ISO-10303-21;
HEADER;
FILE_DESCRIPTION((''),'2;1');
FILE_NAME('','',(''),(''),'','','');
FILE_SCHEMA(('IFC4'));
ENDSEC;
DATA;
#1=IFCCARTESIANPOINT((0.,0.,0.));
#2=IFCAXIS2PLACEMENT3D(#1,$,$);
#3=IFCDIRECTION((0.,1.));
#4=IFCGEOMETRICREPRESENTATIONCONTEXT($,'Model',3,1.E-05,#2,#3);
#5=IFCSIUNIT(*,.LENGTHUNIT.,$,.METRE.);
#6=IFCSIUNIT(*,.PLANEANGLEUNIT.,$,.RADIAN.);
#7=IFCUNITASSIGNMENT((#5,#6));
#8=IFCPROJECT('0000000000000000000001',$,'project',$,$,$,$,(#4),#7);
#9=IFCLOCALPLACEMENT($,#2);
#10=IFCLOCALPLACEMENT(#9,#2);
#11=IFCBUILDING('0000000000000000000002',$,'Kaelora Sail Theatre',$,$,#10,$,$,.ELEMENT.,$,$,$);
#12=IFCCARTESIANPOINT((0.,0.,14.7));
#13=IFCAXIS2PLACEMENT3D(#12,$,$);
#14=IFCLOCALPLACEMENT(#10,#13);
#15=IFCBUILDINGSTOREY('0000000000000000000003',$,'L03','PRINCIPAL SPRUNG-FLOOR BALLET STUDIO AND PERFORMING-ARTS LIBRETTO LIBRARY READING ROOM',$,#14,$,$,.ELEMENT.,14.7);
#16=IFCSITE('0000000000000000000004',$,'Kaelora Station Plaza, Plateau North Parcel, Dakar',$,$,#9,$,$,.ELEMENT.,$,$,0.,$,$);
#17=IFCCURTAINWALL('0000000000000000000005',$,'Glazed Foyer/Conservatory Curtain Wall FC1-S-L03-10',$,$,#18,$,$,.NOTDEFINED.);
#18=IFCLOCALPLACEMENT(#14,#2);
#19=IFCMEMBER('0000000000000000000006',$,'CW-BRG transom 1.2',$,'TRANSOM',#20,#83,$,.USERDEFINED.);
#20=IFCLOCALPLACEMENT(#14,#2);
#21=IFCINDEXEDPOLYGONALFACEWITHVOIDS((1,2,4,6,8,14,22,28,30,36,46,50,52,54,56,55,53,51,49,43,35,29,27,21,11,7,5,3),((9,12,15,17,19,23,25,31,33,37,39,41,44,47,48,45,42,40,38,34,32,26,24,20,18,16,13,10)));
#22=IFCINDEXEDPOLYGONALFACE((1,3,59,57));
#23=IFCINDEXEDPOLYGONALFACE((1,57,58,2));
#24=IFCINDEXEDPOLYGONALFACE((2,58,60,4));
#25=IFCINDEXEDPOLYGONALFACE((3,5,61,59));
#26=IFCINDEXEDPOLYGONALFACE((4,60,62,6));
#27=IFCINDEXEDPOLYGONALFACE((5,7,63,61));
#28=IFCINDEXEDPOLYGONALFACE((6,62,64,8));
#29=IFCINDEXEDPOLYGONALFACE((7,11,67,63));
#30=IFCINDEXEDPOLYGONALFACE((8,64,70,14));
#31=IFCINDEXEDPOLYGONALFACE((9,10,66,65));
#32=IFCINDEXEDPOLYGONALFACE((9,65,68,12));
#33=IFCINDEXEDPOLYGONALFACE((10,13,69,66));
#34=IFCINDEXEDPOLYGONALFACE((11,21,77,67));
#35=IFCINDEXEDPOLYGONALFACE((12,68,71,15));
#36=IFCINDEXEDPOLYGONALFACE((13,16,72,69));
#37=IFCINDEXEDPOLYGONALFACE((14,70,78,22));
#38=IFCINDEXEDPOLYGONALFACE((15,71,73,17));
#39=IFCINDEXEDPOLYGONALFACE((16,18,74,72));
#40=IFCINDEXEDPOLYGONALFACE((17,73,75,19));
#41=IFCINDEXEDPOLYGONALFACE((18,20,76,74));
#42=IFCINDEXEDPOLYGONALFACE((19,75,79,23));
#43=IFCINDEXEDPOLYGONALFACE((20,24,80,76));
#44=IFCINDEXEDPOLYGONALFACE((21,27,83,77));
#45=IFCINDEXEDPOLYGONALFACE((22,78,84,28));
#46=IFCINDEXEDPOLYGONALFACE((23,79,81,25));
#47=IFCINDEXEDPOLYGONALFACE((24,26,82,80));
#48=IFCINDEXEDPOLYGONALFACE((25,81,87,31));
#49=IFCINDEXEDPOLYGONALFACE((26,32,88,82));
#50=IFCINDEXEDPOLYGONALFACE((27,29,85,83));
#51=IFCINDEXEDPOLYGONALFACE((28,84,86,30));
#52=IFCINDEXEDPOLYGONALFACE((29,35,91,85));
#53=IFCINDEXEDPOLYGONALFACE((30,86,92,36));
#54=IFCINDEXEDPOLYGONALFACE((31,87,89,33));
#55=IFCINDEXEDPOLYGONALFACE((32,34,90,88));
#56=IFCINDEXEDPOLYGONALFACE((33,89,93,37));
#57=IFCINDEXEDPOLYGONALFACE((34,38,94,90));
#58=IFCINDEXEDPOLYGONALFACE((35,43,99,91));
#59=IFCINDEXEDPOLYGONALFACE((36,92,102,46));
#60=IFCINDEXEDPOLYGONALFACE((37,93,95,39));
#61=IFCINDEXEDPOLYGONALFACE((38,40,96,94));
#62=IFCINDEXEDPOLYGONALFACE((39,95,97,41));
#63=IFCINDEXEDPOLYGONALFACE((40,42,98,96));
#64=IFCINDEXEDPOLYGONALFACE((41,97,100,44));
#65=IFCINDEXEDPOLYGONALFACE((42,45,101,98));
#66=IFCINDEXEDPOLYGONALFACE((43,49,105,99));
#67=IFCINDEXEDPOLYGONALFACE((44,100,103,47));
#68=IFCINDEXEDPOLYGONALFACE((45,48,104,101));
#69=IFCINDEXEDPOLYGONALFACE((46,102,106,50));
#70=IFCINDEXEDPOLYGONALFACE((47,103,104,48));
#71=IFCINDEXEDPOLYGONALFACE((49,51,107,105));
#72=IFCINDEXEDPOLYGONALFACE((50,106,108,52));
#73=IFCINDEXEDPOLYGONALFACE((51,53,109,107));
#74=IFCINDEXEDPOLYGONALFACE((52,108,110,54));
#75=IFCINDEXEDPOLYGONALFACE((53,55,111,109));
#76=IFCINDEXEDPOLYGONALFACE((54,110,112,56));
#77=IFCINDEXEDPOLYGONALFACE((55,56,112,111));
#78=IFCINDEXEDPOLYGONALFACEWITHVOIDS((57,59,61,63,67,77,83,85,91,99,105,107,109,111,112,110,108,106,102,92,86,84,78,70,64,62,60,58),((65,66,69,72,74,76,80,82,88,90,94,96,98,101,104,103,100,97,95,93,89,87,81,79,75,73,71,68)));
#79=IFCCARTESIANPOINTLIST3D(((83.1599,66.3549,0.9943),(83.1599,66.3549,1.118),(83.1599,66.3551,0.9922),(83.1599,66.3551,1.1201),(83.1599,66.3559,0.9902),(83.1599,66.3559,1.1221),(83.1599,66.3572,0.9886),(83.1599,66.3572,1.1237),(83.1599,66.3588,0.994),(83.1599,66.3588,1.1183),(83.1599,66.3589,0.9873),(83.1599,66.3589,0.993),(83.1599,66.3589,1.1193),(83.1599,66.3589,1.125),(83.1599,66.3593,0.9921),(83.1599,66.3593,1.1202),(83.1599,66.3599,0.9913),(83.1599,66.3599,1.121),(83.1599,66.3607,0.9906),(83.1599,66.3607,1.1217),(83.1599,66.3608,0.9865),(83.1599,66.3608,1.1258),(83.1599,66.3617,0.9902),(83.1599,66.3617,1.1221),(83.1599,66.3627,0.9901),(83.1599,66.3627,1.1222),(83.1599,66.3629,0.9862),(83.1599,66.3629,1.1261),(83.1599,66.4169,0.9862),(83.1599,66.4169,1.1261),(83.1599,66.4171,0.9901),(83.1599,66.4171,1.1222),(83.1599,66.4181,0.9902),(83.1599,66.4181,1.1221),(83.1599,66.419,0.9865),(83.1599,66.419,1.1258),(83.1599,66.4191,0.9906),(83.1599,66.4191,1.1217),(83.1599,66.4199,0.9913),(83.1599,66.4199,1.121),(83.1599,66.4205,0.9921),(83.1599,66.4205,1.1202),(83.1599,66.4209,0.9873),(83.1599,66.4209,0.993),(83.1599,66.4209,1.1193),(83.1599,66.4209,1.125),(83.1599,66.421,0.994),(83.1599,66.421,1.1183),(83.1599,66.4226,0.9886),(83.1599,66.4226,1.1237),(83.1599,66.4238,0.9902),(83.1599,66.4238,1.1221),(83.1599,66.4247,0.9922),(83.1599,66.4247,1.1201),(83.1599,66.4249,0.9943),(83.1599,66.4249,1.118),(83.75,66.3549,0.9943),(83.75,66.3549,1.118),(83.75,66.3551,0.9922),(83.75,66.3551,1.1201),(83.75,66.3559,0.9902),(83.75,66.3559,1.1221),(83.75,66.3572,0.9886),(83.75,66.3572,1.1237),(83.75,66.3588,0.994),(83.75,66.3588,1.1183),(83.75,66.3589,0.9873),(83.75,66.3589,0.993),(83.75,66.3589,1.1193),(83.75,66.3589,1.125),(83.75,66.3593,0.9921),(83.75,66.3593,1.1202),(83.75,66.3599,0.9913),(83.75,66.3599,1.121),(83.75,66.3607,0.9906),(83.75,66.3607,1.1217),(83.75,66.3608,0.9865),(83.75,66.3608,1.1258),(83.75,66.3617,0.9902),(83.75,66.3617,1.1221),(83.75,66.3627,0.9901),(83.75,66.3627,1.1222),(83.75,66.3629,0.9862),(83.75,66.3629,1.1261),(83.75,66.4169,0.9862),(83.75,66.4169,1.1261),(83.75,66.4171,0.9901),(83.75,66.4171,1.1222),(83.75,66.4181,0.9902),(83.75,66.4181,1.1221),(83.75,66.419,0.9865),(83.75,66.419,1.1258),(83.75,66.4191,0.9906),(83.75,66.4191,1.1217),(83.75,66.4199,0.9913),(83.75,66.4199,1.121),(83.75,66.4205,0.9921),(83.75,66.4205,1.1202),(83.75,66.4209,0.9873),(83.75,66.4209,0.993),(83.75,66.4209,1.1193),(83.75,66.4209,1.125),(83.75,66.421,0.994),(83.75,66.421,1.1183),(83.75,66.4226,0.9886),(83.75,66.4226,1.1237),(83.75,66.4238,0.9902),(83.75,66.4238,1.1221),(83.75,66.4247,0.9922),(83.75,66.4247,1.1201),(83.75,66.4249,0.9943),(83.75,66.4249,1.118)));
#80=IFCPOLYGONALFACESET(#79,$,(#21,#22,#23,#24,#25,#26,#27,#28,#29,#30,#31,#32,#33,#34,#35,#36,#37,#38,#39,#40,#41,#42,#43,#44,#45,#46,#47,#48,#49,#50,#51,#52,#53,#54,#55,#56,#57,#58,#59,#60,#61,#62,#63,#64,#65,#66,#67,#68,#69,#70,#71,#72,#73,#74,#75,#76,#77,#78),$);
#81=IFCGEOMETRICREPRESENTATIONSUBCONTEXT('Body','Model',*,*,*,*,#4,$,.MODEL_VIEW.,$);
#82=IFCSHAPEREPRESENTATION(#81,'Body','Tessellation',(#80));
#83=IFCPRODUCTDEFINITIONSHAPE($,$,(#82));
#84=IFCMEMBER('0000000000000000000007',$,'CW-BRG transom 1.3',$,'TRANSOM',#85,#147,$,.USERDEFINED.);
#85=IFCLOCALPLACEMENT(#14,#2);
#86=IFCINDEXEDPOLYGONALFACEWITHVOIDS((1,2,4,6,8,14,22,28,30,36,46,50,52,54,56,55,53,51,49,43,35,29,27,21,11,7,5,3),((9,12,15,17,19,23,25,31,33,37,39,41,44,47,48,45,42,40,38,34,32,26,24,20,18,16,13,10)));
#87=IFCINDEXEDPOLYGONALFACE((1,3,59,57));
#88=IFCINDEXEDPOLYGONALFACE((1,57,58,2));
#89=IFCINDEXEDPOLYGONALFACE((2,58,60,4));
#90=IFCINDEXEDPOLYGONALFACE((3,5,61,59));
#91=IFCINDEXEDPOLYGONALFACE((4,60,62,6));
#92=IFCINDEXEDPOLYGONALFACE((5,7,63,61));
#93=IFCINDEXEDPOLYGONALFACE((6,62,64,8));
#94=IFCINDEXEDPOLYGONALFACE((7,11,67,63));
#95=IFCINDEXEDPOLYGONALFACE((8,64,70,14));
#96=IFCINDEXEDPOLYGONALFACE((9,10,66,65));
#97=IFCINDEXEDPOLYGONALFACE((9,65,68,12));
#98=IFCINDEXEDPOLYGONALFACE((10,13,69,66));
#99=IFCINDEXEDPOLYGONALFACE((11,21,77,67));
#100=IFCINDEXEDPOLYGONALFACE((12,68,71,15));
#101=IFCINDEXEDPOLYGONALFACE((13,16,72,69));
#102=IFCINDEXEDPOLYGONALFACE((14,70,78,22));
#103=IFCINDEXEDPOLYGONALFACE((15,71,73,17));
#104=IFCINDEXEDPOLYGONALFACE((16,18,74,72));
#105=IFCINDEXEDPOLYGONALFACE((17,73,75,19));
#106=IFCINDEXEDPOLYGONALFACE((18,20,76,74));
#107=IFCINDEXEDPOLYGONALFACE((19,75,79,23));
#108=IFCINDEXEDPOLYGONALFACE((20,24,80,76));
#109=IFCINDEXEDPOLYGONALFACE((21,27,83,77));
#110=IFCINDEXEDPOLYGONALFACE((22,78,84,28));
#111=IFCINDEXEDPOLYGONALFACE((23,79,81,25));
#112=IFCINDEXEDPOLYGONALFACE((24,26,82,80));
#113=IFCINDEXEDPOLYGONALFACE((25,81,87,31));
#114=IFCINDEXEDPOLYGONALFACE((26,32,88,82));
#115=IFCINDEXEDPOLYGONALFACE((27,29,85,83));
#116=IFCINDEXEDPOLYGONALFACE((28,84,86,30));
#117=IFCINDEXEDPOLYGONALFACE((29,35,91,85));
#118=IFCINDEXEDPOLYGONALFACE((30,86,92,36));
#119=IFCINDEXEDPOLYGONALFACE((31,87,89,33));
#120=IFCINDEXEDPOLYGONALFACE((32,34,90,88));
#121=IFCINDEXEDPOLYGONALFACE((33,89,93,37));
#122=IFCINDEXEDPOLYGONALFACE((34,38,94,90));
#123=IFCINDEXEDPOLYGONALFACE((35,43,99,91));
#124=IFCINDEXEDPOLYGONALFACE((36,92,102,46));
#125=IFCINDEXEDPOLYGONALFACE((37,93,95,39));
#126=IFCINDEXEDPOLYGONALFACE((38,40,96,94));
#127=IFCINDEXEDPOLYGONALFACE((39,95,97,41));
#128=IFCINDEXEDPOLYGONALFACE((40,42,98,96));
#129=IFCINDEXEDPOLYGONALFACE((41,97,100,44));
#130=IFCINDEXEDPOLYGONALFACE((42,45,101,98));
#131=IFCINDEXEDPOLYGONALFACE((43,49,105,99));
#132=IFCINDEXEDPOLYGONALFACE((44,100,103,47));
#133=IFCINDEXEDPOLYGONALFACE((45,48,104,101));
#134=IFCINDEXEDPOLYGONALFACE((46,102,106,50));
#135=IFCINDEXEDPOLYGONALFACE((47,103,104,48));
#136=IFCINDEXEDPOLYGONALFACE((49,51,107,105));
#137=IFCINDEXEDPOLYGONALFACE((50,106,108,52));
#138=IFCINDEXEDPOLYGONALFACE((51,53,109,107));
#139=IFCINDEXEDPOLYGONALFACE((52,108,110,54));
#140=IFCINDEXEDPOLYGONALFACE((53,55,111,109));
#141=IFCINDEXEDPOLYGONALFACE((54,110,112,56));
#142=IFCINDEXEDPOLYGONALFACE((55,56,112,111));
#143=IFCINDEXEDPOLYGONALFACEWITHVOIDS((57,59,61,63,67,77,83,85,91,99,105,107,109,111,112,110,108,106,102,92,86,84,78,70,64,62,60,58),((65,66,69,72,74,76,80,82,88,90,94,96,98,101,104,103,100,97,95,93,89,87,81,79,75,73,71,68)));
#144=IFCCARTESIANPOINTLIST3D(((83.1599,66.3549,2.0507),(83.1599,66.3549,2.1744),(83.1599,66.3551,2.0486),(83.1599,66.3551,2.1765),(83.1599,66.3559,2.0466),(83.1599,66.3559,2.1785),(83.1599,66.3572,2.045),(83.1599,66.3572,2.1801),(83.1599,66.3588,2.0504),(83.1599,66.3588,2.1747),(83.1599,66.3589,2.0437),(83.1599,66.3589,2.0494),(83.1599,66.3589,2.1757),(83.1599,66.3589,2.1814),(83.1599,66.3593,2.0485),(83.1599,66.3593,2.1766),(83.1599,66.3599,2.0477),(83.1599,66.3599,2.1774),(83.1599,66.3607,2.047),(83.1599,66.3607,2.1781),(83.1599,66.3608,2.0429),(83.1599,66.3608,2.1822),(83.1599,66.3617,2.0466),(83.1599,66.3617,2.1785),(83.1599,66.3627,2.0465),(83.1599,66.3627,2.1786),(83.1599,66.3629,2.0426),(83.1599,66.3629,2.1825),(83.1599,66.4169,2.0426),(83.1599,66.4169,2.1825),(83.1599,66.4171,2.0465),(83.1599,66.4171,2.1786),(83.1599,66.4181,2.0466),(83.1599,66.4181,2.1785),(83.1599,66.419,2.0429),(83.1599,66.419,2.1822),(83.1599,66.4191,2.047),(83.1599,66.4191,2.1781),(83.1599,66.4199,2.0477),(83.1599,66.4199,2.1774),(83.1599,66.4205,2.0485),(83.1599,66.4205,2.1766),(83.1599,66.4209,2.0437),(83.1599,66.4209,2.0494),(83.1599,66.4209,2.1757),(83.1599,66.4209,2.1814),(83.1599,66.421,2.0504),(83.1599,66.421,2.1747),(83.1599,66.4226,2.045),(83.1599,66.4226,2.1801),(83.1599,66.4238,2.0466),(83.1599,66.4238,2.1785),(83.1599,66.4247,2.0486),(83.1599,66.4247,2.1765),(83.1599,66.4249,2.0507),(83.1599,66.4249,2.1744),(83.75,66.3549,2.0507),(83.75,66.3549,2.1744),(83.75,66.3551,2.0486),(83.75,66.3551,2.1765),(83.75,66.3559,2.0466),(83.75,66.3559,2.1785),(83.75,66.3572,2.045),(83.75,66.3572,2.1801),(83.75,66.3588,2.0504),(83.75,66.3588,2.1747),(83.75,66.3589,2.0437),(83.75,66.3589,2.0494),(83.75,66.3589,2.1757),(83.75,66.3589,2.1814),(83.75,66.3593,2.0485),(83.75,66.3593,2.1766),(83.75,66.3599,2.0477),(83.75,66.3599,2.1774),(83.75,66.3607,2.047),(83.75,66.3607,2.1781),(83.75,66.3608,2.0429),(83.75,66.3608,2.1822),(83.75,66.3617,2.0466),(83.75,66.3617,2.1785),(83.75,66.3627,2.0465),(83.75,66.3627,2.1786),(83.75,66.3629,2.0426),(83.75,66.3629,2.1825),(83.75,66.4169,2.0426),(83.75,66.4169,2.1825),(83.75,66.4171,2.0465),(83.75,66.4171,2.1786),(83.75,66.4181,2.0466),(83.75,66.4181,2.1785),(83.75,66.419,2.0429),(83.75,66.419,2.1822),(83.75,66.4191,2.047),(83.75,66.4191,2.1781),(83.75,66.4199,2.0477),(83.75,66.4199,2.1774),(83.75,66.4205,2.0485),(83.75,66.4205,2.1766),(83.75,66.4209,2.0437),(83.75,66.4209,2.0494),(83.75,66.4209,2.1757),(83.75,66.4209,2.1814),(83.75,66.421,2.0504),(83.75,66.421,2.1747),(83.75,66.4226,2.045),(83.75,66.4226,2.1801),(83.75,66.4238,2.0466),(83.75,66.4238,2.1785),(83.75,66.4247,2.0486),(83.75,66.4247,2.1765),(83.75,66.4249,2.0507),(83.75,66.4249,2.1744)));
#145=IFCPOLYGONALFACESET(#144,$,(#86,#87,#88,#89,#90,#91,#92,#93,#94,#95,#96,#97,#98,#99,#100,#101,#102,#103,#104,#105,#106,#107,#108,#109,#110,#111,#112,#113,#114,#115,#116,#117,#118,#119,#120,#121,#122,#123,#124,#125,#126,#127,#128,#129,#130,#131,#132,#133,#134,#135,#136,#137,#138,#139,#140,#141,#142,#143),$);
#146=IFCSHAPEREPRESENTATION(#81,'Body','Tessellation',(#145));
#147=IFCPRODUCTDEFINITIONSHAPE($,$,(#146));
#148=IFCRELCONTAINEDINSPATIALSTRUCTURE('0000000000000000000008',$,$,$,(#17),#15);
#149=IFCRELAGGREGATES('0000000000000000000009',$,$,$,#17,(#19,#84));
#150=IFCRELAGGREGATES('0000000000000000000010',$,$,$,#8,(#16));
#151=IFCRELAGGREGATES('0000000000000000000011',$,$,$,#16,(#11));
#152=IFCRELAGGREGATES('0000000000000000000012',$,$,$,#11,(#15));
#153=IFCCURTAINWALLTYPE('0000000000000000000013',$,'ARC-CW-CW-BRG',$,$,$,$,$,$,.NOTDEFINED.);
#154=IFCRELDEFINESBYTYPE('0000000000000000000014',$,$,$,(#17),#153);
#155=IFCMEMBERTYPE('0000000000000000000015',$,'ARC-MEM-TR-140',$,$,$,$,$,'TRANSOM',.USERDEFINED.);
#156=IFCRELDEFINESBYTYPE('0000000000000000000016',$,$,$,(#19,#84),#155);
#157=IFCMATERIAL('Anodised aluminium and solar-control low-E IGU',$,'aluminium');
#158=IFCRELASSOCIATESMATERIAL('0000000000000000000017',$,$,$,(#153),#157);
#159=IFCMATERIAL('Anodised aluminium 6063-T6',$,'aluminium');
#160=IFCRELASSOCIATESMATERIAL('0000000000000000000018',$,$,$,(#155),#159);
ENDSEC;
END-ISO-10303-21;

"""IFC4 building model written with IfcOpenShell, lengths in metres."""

from ifc_helpers import new_model, si_unit, direction, frame, origin, origin_2d, place, context, subcontext, project, spatial, hollow_rectangle, extrude, material, material_profile, profile_set, type_object, element, aggregate, save


model = new_model("IFC4")

# Units and contexts
model_context = context("Model", 3, precision=1e-05, world=origin(), true_north=direction((0.0, 1.0)))
body_context = subcontext(model_context, "Body", "Model", "MODEL_VIEW")
ifc_project = project(units=[si_unit("LENGTHUNIT", "METRE"), si_unit("PLANEANGLEUNIT", "RADIAN")], contexts=[model_context])

# Site, building, storey
site_placement = place(None, origin())
site = spatial("IfcSite", under=ifc_project, at=site_placement, Name="Kaelora Station Plaza, Plateau North Parcel, Dakar", CompositionType="ELEMENT", RefElevation=0.0)
building_placement = place(site_placement, origin())
building = spatial("IfcBuilding", under=site, at=building_placement, Name="Kaelora Sail Theatre", CompositionType="ELEMENT")
storey_placement = place(building_placement, frame((0.0, 0.0, 14.7)))
storey = spatial("IfcBuildingStorey", under=building, at=storey_placement, Name="L03", Description="PRINCIPAL SPRUNG-FLOOR BALLET STUDIO AND PERFORMING-ARTS LIBRETTO LIBRARY READING ROOM", CompositionType="ELEMENT", Elevation=14.7)

# Shared definitions
ifc_material_1 = material(Name="Anodised aluminium and solar-control low-E IGU", Category="aluminium")
curtain_wall_type = type_object("IfcCurtainWallType", Name="ARC-CW-CW-BRG", PredefinedType="NOTDEFINED", material=ifc_material_1)

# Curtain wall
curtain_wall_1_placement = place(storey_placement, origin())
curtain_wall_1 = element("IfcCurtainWall", 1, at=curtain_wall_1_placement, inside=storey, type_object=curtain_wall_type, Name="Glazed Foyer/Conservatory Curtain Wall FC1-S-L03-10", PredefinedType="NOTDEFINED")

# Members
ifc_material_2 = material(Name="Anodised aluminium 6063-T6", Category="aluminium")
ifc_material_profile_1 = material_profile(ifc_material_2, hollow_rectangle(XDim=0.0701, YDim=0.1399, WallThickness=0.0039, InnerFilletRadius=0.0039, OuterFilletRadius=0.0081, at=origin_2d()), Name="ALU-TRAN 70x140x4")
ifc_profile_set_1 = profile_set([ifc_material_profile_1], Name="Anodised aluminium 6063-T6")
member_type_1 = type_object("IfcMemberType", Name="ARC-MEM-TR-140", ElementType="TRANSOM", PredefinedType="USERDEFINED", material=ifc_profile_set_1)
member_1_placement = place(storey_placement, frame((83.1599, 66.3899, 1.0562), z_axis=(1.0, 0.0, 0.0), x_axis=(0.0, 1.0, 0.0)))
member_1 = element("IfcMember", 2, at=member_1_placement, type_object=member_type_1, Name="CW-BRG transom 1.2", ObjectType="TRANSOM", PredefinedType="USERDEFINED", context=body_context, shape_type="SweptSolid", body=[
    extrude(hollow_rectangle(XDim=0.0701, YDim=0.1399, WallThickness=0.0039, InnerFilletRadius=0.0039, OuterFilletRadius=0.0081, at=origin_2d()), origin(), (0.0, 0.0, 1.0), 0.5901),
])
member_2_placement = place(storey_placement, frame((83.1599, 66.3899, 2.1125), z_axis=(1.0, 0.0, 0.0), x_axis=(0.0, 1.0, 0.0)))
member_2 = element("IfcMember", 3, at=member_2_placement, type_object=member_type_1, Name="CW-BRG transom 1.3", ObjectType="TRANSOM", PredefinedType="USERDEFINED", context=body_context, shape_type="SweptSolid", body=[
    extrude(hollow_rectangle(XDim=0.0701, YDim=0.1399, WallThickness=0.0039, InnerFilletRadius=0.0039, OuterFilletRadius=0.0081, at=origin_2d()), origin(), (0.0, 0.0, 1.0), 0.5901),
])

aggregate(curtain_wall_1, [member_1, member_2])

save(model, "model.ifc")
